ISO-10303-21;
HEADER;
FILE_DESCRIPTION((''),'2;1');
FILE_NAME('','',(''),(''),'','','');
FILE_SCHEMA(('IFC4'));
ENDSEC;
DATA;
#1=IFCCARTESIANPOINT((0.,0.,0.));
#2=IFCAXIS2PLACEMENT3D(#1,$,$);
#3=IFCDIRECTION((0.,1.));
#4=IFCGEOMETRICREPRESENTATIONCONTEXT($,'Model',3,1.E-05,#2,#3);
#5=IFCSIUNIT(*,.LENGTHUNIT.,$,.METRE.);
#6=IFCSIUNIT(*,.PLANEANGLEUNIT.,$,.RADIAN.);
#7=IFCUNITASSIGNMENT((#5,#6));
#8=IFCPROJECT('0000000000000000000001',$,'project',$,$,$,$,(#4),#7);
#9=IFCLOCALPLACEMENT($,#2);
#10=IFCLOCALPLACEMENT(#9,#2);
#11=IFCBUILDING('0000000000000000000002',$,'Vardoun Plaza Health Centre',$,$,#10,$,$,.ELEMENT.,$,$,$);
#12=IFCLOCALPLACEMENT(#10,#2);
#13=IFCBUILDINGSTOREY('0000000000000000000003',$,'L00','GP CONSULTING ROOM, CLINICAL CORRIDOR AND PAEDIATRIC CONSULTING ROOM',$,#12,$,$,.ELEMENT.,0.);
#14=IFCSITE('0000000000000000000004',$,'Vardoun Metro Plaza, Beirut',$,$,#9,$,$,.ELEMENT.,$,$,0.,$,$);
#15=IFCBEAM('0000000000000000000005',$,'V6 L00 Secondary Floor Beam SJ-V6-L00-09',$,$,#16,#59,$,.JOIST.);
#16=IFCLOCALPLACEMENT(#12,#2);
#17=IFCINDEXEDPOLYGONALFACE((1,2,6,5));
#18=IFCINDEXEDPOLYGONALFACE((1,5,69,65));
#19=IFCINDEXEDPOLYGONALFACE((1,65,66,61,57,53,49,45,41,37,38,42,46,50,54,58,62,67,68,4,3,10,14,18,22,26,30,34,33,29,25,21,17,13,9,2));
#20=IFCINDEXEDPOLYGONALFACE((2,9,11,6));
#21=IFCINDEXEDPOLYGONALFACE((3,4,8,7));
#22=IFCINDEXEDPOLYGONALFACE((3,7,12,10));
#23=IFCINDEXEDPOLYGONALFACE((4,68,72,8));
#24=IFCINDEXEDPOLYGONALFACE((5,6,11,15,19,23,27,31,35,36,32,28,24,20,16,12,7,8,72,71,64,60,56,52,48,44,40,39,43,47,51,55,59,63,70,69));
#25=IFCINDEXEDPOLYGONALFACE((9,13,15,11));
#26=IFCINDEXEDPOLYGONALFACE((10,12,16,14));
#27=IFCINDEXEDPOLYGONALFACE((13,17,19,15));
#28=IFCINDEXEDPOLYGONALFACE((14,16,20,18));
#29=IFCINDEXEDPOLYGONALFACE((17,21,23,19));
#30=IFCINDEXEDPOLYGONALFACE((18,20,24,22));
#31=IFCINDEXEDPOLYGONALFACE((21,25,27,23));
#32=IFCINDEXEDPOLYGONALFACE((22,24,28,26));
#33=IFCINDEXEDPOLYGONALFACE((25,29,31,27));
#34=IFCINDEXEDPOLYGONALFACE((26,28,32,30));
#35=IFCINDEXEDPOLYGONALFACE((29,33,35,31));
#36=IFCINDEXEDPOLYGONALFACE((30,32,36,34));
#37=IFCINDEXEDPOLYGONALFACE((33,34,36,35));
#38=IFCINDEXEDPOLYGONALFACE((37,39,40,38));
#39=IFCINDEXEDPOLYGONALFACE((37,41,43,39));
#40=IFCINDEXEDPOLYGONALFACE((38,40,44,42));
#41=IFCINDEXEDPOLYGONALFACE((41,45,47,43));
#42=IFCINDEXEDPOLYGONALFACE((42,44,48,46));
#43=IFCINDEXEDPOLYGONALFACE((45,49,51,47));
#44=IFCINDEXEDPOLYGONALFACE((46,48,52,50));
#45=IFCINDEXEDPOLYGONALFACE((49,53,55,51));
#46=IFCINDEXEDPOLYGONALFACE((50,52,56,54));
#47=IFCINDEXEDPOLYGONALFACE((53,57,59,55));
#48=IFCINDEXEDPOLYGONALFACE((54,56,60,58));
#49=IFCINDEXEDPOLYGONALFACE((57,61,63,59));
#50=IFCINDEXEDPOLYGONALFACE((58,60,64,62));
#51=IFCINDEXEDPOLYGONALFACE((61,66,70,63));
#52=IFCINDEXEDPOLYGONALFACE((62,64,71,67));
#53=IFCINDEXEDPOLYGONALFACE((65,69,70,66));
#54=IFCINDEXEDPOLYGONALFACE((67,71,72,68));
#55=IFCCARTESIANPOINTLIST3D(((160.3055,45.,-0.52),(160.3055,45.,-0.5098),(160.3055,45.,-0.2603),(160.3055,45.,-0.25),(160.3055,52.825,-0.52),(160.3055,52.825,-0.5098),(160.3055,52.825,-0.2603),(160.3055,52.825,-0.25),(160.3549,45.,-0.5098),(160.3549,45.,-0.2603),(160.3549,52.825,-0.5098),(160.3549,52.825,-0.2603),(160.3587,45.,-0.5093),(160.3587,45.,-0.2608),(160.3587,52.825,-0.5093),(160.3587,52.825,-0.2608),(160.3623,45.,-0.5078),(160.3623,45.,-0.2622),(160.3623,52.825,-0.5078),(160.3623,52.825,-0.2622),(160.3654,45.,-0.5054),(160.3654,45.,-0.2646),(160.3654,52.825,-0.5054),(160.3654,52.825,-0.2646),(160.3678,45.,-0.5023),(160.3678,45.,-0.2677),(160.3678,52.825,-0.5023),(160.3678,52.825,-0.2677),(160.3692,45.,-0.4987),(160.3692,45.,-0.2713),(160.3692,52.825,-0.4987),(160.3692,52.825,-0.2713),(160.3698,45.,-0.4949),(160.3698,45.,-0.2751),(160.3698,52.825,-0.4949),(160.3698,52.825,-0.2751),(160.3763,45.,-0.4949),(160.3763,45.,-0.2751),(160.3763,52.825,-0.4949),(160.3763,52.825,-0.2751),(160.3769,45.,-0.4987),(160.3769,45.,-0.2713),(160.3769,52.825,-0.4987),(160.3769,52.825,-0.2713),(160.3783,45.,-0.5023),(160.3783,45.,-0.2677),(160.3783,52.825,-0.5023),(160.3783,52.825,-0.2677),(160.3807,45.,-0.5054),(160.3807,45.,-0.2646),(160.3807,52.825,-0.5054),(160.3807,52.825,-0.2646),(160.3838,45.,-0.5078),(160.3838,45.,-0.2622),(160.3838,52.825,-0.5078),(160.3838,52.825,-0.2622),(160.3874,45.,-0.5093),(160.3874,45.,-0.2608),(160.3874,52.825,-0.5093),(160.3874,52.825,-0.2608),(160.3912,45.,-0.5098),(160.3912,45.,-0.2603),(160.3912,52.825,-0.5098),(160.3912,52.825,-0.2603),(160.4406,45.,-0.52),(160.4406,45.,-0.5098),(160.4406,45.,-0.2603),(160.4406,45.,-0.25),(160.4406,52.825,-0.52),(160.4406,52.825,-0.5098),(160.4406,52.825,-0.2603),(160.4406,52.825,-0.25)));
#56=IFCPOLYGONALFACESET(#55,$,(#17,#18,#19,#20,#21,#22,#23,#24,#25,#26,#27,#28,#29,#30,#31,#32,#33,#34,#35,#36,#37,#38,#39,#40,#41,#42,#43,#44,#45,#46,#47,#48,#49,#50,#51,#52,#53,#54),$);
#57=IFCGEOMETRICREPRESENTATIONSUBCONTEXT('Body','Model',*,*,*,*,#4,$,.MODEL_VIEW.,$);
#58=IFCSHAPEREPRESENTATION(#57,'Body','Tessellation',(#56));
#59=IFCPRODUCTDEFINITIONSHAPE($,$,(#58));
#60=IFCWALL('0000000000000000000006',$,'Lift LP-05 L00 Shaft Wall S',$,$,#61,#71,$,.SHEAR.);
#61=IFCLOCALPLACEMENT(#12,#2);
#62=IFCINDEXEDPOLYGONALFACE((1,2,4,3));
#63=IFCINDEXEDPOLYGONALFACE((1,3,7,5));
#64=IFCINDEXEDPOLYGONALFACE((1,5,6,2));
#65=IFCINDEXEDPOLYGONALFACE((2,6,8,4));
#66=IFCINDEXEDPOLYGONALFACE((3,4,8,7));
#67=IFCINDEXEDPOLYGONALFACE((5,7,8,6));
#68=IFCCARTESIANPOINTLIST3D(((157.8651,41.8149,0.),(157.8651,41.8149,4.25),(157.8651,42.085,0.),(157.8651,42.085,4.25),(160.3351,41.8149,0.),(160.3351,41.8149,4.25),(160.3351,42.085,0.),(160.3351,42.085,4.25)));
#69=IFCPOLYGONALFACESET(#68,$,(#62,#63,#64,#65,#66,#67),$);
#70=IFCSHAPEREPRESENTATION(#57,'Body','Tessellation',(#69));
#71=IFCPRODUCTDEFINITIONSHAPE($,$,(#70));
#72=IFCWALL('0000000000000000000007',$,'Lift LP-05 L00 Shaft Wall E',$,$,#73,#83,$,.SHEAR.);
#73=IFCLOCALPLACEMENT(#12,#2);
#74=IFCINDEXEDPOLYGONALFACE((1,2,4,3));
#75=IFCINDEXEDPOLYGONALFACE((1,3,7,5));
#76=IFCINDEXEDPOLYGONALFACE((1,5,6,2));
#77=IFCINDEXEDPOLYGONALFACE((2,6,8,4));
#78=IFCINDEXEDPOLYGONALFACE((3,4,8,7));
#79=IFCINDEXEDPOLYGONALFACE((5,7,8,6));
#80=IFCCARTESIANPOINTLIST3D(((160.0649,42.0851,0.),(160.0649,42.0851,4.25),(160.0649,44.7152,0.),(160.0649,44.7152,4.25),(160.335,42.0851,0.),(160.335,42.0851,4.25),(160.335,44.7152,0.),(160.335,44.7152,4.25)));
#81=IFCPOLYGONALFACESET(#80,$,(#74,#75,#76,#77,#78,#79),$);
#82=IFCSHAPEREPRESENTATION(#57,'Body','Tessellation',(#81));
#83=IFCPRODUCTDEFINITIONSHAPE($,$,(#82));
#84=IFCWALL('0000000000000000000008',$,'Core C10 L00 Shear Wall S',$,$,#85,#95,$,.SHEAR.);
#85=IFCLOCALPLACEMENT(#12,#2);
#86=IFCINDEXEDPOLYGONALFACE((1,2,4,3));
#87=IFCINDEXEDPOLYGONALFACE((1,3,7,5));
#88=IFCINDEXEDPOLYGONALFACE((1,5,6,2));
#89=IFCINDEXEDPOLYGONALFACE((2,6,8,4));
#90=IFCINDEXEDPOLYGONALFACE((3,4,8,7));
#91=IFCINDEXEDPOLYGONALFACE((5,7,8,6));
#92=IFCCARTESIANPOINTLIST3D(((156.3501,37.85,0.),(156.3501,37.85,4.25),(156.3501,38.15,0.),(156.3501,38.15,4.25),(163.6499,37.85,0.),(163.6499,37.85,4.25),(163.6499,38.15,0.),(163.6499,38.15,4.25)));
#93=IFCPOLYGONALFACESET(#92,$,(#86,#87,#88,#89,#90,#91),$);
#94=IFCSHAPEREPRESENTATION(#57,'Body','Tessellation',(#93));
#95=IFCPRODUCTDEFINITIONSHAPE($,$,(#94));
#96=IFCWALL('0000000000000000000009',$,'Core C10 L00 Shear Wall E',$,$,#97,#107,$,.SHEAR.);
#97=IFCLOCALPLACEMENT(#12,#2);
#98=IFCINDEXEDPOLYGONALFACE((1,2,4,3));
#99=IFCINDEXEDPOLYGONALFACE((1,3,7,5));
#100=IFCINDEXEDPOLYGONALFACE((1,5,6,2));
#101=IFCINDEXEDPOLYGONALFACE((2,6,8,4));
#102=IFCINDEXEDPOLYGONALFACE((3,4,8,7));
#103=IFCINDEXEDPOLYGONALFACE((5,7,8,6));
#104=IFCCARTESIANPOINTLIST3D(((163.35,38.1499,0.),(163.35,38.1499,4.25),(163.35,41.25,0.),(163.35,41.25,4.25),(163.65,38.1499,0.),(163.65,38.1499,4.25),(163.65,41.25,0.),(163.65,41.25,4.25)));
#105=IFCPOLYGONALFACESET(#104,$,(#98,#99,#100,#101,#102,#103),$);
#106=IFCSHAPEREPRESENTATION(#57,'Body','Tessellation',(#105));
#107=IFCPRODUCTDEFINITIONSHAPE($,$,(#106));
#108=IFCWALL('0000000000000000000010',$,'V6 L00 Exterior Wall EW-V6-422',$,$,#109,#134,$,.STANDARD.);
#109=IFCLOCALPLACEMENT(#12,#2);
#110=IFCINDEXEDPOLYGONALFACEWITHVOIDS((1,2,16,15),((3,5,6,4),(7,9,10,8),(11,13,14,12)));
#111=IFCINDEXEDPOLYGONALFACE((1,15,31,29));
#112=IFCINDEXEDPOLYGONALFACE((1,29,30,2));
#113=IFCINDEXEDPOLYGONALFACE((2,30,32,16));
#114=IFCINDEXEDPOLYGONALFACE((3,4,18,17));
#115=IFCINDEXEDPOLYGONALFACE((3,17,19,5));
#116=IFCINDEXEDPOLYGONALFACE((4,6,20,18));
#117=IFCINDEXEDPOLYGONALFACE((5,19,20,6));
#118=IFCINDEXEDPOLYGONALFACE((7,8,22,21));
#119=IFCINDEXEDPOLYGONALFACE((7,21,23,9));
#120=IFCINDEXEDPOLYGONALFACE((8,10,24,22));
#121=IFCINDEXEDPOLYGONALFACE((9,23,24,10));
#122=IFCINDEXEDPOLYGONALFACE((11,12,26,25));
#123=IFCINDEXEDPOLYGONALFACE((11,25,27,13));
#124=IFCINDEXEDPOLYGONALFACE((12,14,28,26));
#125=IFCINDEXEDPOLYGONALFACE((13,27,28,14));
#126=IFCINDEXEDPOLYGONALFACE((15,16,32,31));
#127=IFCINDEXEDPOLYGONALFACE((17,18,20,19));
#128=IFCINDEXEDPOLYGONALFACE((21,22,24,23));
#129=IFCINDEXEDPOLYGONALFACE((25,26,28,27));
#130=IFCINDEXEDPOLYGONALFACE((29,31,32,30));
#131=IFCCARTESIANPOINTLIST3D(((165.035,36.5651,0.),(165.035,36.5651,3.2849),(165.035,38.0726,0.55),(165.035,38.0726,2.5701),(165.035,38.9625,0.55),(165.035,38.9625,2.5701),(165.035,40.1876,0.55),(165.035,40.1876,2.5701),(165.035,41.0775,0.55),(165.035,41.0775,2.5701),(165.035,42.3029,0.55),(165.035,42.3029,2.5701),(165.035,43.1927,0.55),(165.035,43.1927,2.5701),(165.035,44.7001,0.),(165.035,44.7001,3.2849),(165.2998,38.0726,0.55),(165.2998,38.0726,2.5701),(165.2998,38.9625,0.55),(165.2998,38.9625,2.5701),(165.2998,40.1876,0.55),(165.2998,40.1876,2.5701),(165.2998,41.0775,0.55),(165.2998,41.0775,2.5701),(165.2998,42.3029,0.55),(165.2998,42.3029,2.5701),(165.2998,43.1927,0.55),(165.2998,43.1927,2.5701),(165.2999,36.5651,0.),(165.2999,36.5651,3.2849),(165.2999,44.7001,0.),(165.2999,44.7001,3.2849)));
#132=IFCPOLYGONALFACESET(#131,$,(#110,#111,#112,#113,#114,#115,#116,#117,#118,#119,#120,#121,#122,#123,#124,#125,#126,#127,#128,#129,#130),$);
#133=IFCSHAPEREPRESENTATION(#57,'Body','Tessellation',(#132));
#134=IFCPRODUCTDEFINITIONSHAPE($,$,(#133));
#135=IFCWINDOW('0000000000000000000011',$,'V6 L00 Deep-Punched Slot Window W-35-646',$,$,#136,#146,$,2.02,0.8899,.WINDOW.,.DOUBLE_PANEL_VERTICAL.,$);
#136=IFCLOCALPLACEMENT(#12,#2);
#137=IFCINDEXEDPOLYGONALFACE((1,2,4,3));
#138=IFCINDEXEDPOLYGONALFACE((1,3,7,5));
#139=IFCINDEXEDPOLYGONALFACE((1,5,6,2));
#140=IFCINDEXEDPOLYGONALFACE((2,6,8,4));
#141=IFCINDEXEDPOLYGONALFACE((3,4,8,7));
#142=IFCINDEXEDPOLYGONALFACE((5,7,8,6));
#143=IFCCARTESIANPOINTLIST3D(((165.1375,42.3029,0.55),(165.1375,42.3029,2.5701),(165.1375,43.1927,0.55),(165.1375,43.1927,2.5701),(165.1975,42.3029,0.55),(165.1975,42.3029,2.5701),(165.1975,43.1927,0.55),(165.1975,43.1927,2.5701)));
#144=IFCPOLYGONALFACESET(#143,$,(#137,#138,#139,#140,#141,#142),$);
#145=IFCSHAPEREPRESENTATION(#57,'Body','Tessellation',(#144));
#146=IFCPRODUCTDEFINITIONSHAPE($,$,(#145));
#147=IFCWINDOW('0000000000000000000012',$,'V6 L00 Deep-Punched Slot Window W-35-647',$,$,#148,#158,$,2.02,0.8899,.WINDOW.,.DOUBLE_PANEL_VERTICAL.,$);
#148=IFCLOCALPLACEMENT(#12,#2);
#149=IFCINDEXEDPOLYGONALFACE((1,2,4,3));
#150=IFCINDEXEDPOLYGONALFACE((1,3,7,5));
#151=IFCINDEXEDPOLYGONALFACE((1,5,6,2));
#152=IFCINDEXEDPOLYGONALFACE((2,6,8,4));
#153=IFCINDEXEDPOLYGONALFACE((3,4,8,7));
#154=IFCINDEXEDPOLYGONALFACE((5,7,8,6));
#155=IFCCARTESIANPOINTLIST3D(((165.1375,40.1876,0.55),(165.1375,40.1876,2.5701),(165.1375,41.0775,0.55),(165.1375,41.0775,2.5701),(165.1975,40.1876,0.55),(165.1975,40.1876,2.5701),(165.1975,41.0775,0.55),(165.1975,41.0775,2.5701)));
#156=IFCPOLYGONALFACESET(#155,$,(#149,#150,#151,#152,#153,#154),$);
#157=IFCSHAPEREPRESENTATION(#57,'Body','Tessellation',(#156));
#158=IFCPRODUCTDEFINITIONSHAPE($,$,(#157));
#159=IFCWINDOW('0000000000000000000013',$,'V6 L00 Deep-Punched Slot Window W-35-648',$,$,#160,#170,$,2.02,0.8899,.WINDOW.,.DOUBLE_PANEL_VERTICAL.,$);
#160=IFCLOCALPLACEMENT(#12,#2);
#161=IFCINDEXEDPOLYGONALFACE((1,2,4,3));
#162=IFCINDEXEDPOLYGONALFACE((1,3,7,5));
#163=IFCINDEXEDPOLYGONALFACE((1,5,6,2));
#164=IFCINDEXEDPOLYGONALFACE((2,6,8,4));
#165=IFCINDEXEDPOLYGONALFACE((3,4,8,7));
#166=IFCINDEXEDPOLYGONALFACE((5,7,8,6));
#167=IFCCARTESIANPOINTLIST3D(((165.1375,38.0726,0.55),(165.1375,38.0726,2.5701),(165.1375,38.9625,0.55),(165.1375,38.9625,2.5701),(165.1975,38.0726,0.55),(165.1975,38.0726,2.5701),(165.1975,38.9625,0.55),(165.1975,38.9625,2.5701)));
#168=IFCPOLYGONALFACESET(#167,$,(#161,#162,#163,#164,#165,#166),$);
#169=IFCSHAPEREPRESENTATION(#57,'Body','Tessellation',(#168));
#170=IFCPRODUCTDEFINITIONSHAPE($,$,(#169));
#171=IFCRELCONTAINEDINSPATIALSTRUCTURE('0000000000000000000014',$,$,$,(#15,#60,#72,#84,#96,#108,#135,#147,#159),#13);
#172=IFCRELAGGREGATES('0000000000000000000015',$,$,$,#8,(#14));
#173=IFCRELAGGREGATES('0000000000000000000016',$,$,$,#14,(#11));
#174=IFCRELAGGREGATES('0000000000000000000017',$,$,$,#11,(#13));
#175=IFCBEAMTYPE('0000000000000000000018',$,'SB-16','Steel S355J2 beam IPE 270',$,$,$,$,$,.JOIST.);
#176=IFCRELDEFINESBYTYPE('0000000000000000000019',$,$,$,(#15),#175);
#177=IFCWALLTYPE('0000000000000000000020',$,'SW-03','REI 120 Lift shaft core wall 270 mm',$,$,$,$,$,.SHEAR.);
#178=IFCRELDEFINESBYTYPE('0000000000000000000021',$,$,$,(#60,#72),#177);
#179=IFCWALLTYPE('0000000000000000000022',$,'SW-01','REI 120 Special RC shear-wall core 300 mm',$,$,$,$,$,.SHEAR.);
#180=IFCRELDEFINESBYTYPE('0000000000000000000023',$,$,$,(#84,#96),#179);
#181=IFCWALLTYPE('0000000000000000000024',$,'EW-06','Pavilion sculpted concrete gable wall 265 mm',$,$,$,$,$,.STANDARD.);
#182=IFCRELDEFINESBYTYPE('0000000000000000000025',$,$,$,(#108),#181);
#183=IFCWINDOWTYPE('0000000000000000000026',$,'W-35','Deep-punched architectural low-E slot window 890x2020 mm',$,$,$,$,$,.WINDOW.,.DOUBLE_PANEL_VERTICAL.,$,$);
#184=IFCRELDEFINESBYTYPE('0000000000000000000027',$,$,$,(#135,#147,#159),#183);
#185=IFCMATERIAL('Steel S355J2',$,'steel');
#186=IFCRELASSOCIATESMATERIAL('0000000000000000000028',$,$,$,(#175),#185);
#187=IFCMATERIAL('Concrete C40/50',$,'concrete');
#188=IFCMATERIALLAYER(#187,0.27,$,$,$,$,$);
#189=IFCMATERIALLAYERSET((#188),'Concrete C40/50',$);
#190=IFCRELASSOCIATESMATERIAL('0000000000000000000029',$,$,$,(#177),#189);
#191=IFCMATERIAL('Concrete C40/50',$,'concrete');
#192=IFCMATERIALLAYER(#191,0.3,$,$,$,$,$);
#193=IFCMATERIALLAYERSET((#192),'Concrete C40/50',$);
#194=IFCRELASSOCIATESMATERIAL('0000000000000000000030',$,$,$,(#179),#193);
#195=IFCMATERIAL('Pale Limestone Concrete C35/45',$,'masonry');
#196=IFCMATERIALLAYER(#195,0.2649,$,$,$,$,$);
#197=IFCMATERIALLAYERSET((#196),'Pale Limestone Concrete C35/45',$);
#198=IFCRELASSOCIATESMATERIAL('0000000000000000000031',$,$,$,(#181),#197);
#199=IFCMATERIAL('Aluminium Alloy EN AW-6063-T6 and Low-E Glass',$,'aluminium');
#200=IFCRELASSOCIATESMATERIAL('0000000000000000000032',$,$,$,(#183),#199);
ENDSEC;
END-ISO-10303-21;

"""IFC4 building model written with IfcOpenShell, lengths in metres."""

from ifc_helpers import new_model, si_unit, direction, frame, frame_2d, origin, origin_2d, place, context, subcontext, project, spatial, rectangle, i_section, extrude, material, layer, layer_set, material_profile, profile_set, type_object, element, fill, save


model = new_model("IFC4")

# Units and contexts
model_context = context("Model", 3, precision=1e-05, world=origin(), true_north=direction((0.0, 1.0)))
body_context = subcontext(model_context, "Body", "Model", "MODEL_VIEW")
ifc_project = project(units=[si_unit("LENGTHUNIT", "METRE"), si_unit("PLANEANGLEUNIT", "RADIAN")], contexts=[model_context])

# Site, building, storey
site_placement = place(None, origin())
site = spatial("IfcSite", under=ifc_project, at=site_placement, Name="Vardoun Metro Plaza, Beirut", CompositionType="ELEMENT", RefElevation=0.0)
building_placement = place(site_placement, origin())
building = spatial("IfcBuilding", under=site, at=building_placement, Name="Vardoun Plaza Health Centre", CompositionType="ELEMENT")
storey_placement = place(building_placement, origin())
storey = spatial("IfcBuildingStorey", under=building, at=storey_placement, Name="L00", Description="GP CONSULTING ROOM, CLINICAL CORRIDOR AND PAEDIATRIC CONSULTING ROOM", CompositionType="ELEMENT", Elevation=0.0)

# Beam
ifc_material_1 = material(Name="Steel S355J2", Category="steel")
ifc_material_profile_1 = material_profile(ifc_material_1, i_section(OverallWidth=0.135, OverallDepth=0.27, WebThickness=0.0066, FlangeThickness=0.0103, FilletRadius=0.0149, at=origin_2d()), Name="IPE 270")
ifc_profile_set_1 = profile_set([ifc_material_profile_1], Name="Steel S355J2")
beam_type_1 = type_object("IfcBeamType", Name="SB-16", Description="Steel S355J2 beam IPE 270", PredefinedType="JOIST", material=ifc_profile_set_1)
beam_1_placement = place(storey_placement, frame((160.373, 45.0, -0.385), z_axis=(0.0, 1.0, 0.0), x_axis=(-1.0, 0.0, 0.0)))
element("IfcBeam", 1, at=beam_1_placement, inside=storey, type_object=beam_type_1, Name="V6 L00 Secondary Floor Beam SJ-V6-L00-09", PredefinedType="JOIST", context=body_context, shape_type="SweptSolid", body=[
    extrude(i_section(OverallWidth=0.135, OverallDepth=0.27, WebThickness=0.0066, FlangeThickness=0.0103, FilletRadius=0.0149, at=origin_2d()), origin(), (0.0, 0.0, 1.0), 7.825),
])

# Walls
ifc_material_2 = material(Name="Concrete C40/50", Category="concrete")
ifc_layer_1 = layer(ifc_material_2, 0.27)
ifc_layer_set_1 = layer_set([ifc_layer_1], Name="Concrete C40/50")
wall_type_1 = type_object("IfcWallType", Name="SW-03", Description="REI 120 Lift shaft core wall 270 mm", PredefinedType="SHEAR", material=ifc_layer_set_1)
wall_1_placement = place(storey_placement, frame((160.335, 41.95, 0.0), z_axis=(0.0, 0.0, 1.0), x_axis=(-1.0, 0.0, 0.0)))
element("IfcWall", 2, at=wall_1_placement, inside=storey, type_object=wall_type_1, Name="Lift LP-05 L00 Shaft Wall S", PredefinedType="SHEAR", context=body_context, shape_type="SweptSolid", body=[
    extrude(rectangle(XDim=2.47, YDim=0.27, at=frame_2d((1.2349, 0.0))), origin(), (0.0, 0.0, 1.0), 4.25),
])
wall_2_placement = place(storey_placement, frame((160.2, 44.7151, 0.0), z_axis=(0.0, 0.0, 1.0), x_axis=(0.0, -1.0, 0.0)))
element("IfcWall", 3, at=wall_2_placement, inside=storey, type_object=wall_type_1, Name="Lift LP-05 L00 Shaft Wall E", PredefinedType="SHEAR", context=body_context, shape_type="SweptSolid", body=[
    extrude(rectangle(XDim=2.6301, YDim=0.27, at=frame_2d((1.3149, 0.0))), origin(), (0.0, 0.0, 1.0), 4.25),
])
ifc_material_3 = material(Name="Concrete C40/50", Category="concrete")
ifc_layer_2 = layer(ifc_material_3, 0.3)
ifc_layer_set_2 = layer_set([ifc_layer_2], Name="Concrete C40/50")
wall_type_2 = type_object("IfcWallType", Name="SW-01", Description="REI 120 Special RC shear-wall core 300 mm", PredefinedType="SHEAR", material=ifc_layer_set_2)
wall_3_placement = place(storey_placement, frame((163.6499, 38.0, 0.0), z_axis=(0.0, 0.0, 1.0), x_axis=(-1.0, 0.0, 0.0)))
element("IfcWall", 4, at=wall_3_placement, inside=storey, type_object=wall_type_2, Name="Core C10 L00 Shear Wall S", PredefinedType="SHEAR", context=body_context, shape_type="SweptSolid", body=[
    extrude(rectangle(XDim=7.2998, YDim=0.3, at=frame_2d((3.6499, 0.0))), origin(), (0.0, 0.0, 1.0), 4.25),
])
wall_4_placement = place(storey_placement, frame((163.5, 41.25, 0.0), z_axis=(0.0, 0.0, 1.0), x_axis=(0.0, -1.0, 0.0)))
element("IfcWall", 5, at=wall_4_placement, inside=storey, type_object=wall_type_2, Name="Core C10 L00 Shear Wall E", PredefinedType="SHEAR", context=body_context, shape_type="SweptSolid", body=[
    extrude(rectangle(XDim=3.1001, YDim=0.3, at=frame_2d((1.55, 0.0))), origin(), (0.0, 0.0, 1.0), 4.25),
])

# Wall, openings, windows
ifc_material_4 = material(Name="Pale Limestone Concrete C35/45", Category="masonry")
ifc_layer_3 = layer(ifc_material_4, 0.2649)
ifc_layer_set_3 = layer_set([ifc_layer_3], Name="Pale Limestone Concrete C35/45")
wall_type_3 = type_object("IfcWallType", Name="EW-06", Description="Pavilion sculpted concrete gable wall 265 mm", PredefinedType="STANDARD", material=ifc_layer_set_3)
wall_5_placement = place(storey_placement, frame((165.1675, 44.7, 0.0), z_axis=(0.0, 0.0, 1.0), x_axis=(0.0, -1.0, 0.0)))
wall_5 = element("IfcWall", 6, at=wall_5_placement, inside=storey, type_object=wall_type_3, Name="V6 L00 Exterior Wall EW-V6-422", PredefinedType="STANDARD", context=body_context, shape_type="SweptSolid", body=[
    extrude(rectangle(XDim=8.135, YDim=0.2649, at=frame_2d((4.0674, 0.0))), origin(), (0.0, 0.0, 1.0), 3.2849),
])
opening_1_placement = place(wall_5_placement, frame((1.5073, 0.0, 0.55)))
opening_1 = element("IfcOpeningElement", 7, at=opening_1_placement, cuts=wall_5, PredefinedType="OPENING", context=body_context, shape_type="SweptSolid", body=[
    extrude(rectangle(XDim=0.8899, YDim=2.02, at=frame_2d((0.4448, 1.01))), frame((0.0, 0.1323, 0.0), z_axis=(0.0, -1.0, 0.0), x_axis=(1.0, 0.0, 0.0)), (0.0, 0.0, 1.0), 0.2649),
])
opening_2_placement = place(wall_5_placement, frame((3.6226, 0.0, 0.55)))
opening_2 = element("IfcOpeningElement", 8, at=opening_2_placement, cuts=wall_5, PredefinedType="OPENING", context=body_context, shape_type="SweptSolid", body=[
    extrude(rectangle(XDim=0.8899, YDim=2.02, at=frame_2d((0.4448, 1.01))), frame((0.0, 0.1323, 0.0), z_axis=(0.0, -1.0, 0.0), x_axis=(1.0, 0.0, 0.0)), (0.0, 0.0, 1.0), 0.2649),
])
opening_3_placement = place(wall_5_placement, frame((5.7375, 0.0, 0.55)))
opening_3 = element("IfcOpeningElement", 9, at=opening_3_placement, cuts=wall_5, PredefinedType="OPENING", context=body_context, shape_type="SweptSolid", body=[
    extrude(rectangle(XDim=0.8899, YDim=2.02, at=frame_2d((0.4448, 1.01))), frame((0.0, 0.1323, 0.0), z_axis=(0.0, -1.0, 0.0), x_axis=(1.0, 0.0, 0.0)), (0.0, 0.0, 1.0), 0.2649),
])
ifc_material_5 = material(Name="Aluminium Alloy EN AW-6063-T6 and Low-E Glass", Category="aluminium")
window_type = type_object("IfcWindowType", Name="W-35", Description="Deep-punched architectural low-E slot window 890x2020 mm", PartitioningType="DOUBLE_PANEL_VERTICAL", PredefinedType="WINDOW", material=ifc_material_5)
window_1_placement = place(opening_1_placement, origin())
window_1 = element("IfcWindow", 10, at=window_1_placement, inside=storey, type_object=window_type, Name="V6 L00 Deep-Punched Slot Window W-35-646", OverallHeight=2.02, OverallWidth=0.8899, PartitioningType="DOUBLE_PANEL_VERTICAL", PredefinedType="WINDOW", context=body_context, shape_type="SweptSolid", body=[
    extrude(rectangle(XDim=0.8899, YDim=2.02, at=frame_2d((0.4448, 1.01))), frame((0.0, 0.03, 0.0), z_axis=(0.0, -1.0, 0.0), x_axis=(1.0, 0.0, 0.0)), (0.0, 0.0, 1.0), 0.0601),
])
fill(opening_1, window_1)
window_2_placement = place(opening_2_placement, origin())
window_2 = element("IfcWindow", 11, at=window_2_placement, inside=storey, type_object=window_type, Name="V6 L00 Deep-Punched Slot Window W-35-647", OverallHeight=2.02, OverallWidth=0.8899, PartitioningType="DOUBLE_PANEL_VERTICAL", PredefinedType="WINDOW", context=body_context, shape_type="SweptSolid", body=[
    extrude(rectangle(XDim=0.8899, YDim=2.02, at=frame_2d((0.4448, 1.01))), frame((0.0, 0.03, 0.0), z_axis=(0.0, -1.0, 0.0), x_axis=(1.0, 0.0, 0.0)), (0.0, 0.0, 1.0), 0.0601),
])
fill(opening_2, window_2)
window_3_placement = place(opening_3_placement, origin())
window_3 = element("IfcWindow", 12, at=window_3_placement, inside=storey, type_object=window_type, Name="V6 L00 Deep-Punched Slot Window W-35-648", OverallHeight=2.02, OverallWidth=0.8899, PartitioningType="DOUBLE_PANEL_VERTICAL", PredefinedType="WINDOW", context=body_context, shape_type="SweptSolid", body=[
    extrude(rectangle(XDim=0.8899, YDim=2.02, at=frame_2d((0.4448, 1.01))), frame((0.0, 0.03, 0.0), z_axis=(0.0, -1.0, 0.0), x_axis=(1.0, 0.0, 0.0)), (0.0, 0.0, 1.0), 0.0601),
])
fill(opening_3, window_3)

save(model, "model.ifc")
